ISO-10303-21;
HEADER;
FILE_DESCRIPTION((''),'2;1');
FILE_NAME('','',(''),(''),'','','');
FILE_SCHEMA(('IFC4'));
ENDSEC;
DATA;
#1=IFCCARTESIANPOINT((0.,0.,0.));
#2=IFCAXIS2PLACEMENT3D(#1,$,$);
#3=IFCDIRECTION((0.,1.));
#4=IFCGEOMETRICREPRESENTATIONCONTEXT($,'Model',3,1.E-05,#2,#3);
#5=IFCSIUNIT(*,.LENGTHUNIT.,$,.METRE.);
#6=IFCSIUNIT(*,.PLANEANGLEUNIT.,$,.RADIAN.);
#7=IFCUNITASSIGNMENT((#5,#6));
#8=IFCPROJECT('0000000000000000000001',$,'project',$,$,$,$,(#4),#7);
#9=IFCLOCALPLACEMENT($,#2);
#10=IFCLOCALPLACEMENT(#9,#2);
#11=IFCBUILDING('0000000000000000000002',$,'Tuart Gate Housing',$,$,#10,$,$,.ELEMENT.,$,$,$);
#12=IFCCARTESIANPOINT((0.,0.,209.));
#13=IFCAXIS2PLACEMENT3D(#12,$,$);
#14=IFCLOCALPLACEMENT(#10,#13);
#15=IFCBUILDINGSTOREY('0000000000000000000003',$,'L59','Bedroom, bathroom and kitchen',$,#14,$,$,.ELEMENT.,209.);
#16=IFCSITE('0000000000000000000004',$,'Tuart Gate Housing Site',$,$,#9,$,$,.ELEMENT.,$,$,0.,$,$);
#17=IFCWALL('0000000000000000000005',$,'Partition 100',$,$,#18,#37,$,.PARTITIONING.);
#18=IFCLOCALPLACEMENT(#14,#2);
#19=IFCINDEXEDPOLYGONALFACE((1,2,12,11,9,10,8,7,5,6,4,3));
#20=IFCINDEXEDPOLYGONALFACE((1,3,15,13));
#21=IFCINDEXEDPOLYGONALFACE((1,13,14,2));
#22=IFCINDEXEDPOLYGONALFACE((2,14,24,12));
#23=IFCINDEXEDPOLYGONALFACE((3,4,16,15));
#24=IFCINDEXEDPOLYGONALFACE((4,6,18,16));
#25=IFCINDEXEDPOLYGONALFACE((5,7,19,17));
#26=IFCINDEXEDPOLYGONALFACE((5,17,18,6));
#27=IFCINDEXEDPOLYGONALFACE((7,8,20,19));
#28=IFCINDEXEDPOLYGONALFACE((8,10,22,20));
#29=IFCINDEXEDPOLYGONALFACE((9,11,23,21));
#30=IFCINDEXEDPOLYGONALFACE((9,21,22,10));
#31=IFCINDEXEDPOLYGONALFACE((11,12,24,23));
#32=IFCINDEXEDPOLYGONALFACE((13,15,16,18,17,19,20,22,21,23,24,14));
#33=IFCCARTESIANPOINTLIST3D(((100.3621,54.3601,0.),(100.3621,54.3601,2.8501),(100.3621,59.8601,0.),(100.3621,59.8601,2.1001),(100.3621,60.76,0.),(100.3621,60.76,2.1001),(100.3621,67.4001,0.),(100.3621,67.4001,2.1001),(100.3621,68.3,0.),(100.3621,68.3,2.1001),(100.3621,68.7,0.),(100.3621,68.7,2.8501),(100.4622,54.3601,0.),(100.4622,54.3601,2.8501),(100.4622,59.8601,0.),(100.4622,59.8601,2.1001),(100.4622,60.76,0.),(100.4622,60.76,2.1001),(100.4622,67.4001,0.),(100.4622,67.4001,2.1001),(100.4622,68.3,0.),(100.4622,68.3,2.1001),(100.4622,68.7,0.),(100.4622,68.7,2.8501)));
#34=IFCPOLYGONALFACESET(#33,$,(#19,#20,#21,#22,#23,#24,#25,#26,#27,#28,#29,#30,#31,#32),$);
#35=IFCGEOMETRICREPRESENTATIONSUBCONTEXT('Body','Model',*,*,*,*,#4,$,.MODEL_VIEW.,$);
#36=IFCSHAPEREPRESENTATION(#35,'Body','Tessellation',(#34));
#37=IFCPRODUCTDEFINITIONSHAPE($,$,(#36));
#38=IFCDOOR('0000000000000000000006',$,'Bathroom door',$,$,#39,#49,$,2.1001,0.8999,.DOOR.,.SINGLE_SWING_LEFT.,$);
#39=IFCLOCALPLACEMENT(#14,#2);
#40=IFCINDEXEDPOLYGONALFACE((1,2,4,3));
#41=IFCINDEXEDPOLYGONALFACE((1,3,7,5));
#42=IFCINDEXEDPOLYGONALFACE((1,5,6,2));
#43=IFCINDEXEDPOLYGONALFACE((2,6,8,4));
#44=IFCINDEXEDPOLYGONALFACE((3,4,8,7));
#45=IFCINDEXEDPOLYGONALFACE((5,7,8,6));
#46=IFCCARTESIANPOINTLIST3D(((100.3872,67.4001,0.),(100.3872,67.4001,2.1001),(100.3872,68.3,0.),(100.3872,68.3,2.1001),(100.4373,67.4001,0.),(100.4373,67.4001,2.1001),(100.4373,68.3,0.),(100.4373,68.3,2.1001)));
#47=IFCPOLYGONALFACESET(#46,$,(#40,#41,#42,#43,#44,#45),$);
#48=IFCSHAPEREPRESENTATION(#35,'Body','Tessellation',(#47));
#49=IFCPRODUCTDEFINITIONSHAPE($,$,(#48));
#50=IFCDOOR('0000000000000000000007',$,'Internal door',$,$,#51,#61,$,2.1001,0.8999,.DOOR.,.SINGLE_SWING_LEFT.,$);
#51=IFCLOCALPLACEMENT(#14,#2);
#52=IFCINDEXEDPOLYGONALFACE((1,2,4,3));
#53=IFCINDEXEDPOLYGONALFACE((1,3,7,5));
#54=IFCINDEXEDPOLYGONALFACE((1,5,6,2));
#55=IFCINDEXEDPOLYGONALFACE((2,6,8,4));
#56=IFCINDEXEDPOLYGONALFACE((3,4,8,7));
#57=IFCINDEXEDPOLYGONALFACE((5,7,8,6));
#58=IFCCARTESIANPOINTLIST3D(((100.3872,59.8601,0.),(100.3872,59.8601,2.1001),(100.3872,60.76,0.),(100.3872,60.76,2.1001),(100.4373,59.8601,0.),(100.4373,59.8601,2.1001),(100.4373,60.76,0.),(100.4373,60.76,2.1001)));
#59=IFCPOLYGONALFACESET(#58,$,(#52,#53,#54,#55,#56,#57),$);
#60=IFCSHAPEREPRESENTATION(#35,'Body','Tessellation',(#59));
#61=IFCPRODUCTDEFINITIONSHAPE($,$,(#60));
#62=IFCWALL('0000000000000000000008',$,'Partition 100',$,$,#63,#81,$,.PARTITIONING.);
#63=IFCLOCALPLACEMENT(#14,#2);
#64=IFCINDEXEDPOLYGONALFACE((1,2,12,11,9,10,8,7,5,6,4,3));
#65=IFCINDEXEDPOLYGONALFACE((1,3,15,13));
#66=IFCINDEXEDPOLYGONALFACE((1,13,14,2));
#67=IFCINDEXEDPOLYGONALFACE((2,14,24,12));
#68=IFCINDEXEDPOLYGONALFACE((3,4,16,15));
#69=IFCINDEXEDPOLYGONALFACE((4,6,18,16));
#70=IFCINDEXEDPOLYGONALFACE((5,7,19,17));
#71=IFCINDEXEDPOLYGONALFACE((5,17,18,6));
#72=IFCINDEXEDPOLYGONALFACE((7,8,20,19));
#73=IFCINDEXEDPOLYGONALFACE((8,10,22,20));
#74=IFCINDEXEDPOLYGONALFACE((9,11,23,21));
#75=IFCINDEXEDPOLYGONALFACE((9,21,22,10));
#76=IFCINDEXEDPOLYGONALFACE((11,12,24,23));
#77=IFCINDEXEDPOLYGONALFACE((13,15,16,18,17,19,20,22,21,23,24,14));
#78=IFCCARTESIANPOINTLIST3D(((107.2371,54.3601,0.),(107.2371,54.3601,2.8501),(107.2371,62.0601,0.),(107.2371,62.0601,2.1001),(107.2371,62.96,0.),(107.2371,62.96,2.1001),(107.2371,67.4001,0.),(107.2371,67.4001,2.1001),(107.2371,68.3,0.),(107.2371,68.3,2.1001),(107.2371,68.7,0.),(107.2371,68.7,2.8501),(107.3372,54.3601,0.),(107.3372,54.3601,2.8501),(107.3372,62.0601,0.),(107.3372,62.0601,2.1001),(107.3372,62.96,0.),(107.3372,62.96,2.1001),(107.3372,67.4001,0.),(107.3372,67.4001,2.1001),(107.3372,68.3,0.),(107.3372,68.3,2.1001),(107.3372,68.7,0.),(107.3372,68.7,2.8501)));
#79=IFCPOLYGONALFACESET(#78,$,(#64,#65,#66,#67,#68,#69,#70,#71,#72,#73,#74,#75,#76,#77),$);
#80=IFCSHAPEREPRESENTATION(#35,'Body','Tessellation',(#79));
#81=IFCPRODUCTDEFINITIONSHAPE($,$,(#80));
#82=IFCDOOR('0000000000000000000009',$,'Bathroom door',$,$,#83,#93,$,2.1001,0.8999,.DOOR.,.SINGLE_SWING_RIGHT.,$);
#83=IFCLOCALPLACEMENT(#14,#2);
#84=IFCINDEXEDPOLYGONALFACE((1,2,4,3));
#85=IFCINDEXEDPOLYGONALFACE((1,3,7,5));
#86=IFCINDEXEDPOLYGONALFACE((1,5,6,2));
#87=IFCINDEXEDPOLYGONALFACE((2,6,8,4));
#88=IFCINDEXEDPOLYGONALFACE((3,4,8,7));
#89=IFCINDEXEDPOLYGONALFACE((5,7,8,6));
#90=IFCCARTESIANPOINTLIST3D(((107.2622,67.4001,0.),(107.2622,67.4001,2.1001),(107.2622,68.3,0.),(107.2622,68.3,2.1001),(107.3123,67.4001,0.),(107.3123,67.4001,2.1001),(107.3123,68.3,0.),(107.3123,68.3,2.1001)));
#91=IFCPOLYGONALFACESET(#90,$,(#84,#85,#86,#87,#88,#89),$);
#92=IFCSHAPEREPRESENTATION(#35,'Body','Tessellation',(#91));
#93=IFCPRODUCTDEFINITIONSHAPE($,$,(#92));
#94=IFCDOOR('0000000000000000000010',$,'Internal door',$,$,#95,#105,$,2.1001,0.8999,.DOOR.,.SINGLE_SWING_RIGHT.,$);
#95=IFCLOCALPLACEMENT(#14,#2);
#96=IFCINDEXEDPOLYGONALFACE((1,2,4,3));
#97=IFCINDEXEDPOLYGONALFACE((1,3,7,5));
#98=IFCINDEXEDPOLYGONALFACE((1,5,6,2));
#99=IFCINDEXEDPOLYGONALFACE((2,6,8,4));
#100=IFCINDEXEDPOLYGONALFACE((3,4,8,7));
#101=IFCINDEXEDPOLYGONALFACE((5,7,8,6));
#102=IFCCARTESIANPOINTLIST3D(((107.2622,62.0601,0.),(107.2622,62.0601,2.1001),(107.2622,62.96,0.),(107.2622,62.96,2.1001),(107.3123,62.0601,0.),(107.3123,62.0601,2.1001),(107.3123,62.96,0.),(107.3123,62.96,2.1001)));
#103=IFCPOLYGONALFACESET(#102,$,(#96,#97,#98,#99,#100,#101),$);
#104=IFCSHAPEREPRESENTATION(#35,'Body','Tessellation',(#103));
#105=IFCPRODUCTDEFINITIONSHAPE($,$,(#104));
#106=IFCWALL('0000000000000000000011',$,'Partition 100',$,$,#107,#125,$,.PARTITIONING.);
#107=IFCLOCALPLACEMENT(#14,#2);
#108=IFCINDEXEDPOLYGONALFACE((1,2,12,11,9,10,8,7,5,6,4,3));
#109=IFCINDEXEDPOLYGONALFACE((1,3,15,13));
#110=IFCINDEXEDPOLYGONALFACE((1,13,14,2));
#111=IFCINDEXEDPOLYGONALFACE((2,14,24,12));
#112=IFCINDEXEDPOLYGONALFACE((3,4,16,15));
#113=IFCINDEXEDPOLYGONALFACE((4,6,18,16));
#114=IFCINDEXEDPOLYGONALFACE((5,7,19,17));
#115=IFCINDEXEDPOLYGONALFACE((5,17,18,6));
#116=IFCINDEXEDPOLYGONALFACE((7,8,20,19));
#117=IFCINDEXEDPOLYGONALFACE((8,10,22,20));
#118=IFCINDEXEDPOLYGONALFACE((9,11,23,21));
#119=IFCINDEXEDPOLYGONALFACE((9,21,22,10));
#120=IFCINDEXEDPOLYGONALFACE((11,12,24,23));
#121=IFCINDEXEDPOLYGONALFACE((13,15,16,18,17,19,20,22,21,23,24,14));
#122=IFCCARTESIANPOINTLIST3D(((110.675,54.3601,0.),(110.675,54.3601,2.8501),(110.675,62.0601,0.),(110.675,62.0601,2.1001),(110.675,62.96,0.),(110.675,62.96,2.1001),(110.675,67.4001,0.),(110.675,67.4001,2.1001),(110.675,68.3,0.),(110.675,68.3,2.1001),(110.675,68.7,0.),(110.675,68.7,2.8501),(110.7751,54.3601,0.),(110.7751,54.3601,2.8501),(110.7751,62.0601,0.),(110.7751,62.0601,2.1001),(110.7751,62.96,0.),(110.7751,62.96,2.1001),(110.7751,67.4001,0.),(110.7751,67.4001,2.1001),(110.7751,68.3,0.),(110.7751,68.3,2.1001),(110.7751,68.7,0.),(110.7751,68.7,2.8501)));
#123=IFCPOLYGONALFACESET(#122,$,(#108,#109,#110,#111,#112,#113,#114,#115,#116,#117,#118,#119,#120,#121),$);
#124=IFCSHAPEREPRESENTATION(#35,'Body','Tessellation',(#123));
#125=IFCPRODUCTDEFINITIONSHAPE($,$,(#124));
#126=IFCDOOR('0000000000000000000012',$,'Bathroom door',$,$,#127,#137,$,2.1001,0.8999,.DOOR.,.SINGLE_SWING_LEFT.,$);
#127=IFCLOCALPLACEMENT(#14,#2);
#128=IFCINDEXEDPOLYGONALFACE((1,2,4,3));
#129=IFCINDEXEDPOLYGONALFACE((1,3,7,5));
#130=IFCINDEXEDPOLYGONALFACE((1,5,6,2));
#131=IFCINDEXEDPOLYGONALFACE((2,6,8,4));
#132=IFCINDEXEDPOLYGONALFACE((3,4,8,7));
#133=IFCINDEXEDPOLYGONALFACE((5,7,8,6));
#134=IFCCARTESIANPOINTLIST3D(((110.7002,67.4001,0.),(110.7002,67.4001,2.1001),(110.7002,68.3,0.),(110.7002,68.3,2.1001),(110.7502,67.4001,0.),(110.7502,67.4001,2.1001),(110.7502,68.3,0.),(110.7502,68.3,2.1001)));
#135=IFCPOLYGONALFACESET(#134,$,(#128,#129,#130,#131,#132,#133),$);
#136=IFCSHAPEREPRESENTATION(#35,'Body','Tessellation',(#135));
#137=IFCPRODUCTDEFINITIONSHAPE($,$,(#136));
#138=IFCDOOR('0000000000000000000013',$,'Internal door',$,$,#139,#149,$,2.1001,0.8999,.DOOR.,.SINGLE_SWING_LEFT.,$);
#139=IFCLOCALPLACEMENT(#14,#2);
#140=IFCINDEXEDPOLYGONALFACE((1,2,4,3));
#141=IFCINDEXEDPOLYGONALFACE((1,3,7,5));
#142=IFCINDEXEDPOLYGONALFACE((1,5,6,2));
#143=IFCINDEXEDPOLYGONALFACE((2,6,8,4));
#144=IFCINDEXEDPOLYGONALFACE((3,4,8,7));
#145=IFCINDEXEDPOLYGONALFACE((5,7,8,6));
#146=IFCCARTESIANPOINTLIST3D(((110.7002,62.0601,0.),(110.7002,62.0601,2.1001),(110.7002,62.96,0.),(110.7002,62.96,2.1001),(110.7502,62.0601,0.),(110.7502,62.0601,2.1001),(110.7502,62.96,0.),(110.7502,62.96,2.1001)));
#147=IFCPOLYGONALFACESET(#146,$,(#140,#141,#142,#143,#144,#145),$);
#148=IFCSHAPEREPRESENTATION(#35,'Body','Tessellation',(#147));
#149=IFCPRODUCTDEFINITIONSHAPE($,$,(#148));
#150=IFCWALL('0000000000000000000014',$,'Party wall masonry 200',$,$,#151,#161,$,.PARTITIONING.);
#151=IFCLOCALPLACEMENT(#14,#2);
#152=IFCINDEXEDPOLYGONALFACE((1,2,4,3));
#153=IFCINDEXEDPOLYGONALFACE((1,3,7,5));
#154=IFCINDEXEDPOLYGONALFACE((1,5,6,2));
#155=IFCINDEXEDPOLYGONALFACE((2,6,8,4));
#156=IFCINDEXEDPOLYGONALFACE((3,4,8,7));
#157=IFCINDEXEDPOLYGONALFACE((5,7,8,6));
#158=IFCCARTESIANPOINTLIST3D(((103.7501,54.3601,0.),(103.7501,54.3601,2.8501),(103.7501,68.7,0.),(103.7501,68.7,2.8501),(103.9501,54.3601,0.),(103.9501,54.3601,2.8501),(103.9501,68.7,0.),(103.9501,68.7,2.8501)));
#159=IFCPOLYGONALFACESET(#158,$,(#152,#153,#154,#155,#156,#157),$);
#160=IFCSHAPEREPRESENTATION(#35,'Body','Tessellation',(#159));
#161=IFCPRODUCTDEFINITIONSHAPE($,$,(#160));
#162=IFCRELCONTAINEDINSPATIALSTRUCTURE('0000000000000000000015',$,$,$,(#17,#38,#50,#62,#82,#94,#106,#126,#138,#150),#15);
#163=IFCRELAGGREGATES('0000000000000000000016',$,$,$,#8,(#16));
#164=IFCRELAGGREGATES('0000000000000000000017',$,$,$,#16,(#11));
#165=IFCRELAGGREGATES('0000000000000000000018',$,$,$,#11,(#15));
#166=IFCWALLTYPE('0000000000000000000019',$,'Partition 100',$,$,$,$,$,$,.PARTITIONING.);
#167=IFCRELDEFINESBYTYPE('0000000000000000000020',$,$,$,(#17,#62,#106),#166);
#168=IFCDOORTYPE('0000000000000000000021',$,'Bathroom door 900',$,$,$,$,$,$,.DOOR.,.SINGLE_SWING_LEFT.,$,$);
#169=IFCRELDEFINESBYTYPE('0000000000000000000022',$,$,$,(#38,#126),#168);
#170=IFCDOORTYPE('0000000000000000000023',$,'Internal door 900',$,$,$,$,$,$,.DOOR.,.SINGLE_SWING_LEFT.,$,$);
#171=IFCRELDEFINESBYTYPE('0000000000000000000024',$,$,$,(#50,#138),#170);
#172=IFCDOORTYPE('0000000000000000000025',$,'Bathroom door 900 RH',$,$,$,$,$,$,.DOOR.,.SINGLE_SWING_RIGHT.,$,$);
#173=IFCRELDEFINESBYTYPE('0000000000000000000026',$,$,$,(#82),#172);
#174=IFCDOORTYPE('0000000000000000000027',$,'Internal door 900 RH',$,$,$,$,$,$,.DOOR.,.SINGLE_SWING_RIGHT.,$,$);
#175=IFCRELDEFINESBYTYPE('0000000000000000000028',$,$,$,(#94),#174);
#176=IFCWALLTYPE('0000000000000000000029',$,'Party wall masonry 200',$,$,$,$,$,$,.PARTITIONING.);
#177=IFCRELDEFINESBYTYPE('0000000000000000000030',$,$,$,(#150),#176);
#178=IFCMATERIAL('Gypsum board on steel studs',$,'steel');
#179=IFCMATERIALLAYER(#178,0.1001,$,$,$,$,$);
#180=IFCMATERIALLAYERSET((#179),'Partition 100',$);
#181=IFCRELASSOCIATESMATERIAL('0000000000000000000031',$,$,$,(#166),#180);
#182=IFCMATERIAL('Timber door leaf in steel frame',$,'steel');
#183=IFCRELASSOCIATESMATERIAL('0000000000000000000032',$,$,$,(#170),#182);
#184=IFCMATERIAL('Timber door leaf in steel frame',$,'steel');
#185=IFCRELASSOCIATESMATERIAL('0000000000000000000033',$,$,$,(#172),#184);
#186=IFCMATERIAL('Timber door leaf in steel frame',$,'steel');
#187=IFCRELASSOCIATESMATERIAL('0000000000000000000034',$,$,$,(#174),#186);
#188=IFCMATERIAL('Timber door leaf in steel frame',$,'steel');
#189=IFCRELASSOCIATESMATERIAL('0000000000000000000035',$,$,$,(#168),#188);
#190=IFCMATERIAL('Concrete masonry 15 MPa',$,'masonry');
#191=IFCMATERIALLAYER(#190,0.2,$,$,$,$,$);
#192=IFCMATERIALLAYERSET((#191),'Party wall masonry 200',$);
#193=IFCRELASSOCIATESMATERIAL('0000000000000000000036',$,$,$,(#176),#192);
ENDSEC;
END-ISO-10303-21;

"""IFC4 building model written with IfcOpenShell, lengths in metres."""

from ifc_helpers import new_model, si_unit, direction, frame, frame_2d, origin, place, context, subcontext, project, spatial, rectangle, extrude, material, layer, layer_set, type_object, element, fill, save


model = new_model("IFC4")

# Units and contexts
model_context = context("Model", 3, precision=1e-05, world=origin(), true_north=direction((0.0, 1.0)))
body_context = subcontext(model_context, "Body", "Model", "MODEL_VIEW")
ifc_project = project(units=[si_unit("LENGTHUNIT", "METRE"), si_unit("PLANEANGLEUNIT", "RADIAN")], contexts=[model_context])

# Site, building, storey
site_placement = place(None, origin())
site = spatial("IfcSite", under=ifc_project, at=site_placement, Name="Tuart Gate Housing Site", CompositionType="ELEMENT", RefElevation=0.0)
building_placement = place(site_placement, origin())
building = spatial("IfcBuilding", under=site, at=building_placement, Name="Tuart Gate Housing", CompositionType="ELEMENT")
storey_placement = place(building_placement, frame((0.0, 0.0, 209.0)))
storey = spatial("IfcBuildingStorey", under=building, at=storey_placement, Name="L59", Description="Bedroom, bathroom and kitchen", CompositionType="ELEMENT", Elevation=209.0)

# Shared definitions
ifc_material_1 = material(Name="Gypsum board on steel studs", Category="steel")
ifc_layer_1 = layer(ifc_material_1, 0.1001)
ifc_layer_set_1 = layer_set([ifc_layer_1], Name="Partition 100")
wall_type_1 = type_object("IfcWallType", Name="Partition 100", PredefinedType="PARTITIONING", material=ifc_layer_set_1)
ifc_material_2 = material(Name="Timber door leaf in steel frame", Category="steel")
door_type_1 = type_object("IfcDoorType", Name="Internal door 900", OperationType="SINGLE_SWING_LEFT", PredefinedType="DOOR", material=ifc_material_2)

# Walls, openings, doors
ifc_material_3 = material(Name="Timber door leaf in steel frame", Category="steel")
door_type_2 = type_object("IfcDoorType", Name="Bathroom door 900 RH", OperationType="SINGLE_SWING_RIGHT", PredefinedType="DOOR", material=ifc_material_3)
ifc_material_4 = material(Name="Timber door leaf in steel frame", Category="steel")
door_type_3 = type_object("IfcDoorType", Name="Internal door 900 RH", OperationType="SINGLE_SWING_RIGHT", PredefinedType="DOOR", material=ifc_material_4)
wall_1_placement = place(storey_placement, frame((100.4121, 54.3601, 0.0), z_axis=(0.0, 0.0, 1.0), x_axis=(0.0, 1.0, 0.0)))
wall_1 = element("IfcWall", 1, at=wall_1_placement, inside=storey, type_object=wall_type_1, Name="Partition 100", PredefinedType="PARTITIONING", context=body_context, shape_type="SweptSolid", body=[
    extrude(rectangle(XDim=14.3398, YDim=0.1001, at=frame_2d((7.1699, 0.0))), origin(), (0.0, 0.0, 1.0), 2.8501),
])
opening_1_placement = place(wall_1_placement, frame((5.5, 0.0, 0.0)))
opening_1 = element("IfcOpeningElement", 2, at=opening_1_placement, cuts=wall_1, PredefinedType="OPENING", context=body_context, shape_type="SweptSolid", body=[
    extrude(rectangle(XDim=0.8999, YDim=2.1001, at=frame_2d((0.45, 1.05))), frame((0.0, 0.0601, 0.0), z_axis=(0.0, -1.0, 0.0), x_axis=(1.0, 0.0, 0.0)), (0.0, 0.0, 1.0), 0.1201),
])
opening_2_placement = place(wall_1_placement, frame((13.04, 0.0, 0.0)))
opening_2 = element("IfcOpeningElement", 3, at=opening_2_placement, cuts=wall_1, PredefinedType="OPENING", context=body_context, shape_type="SweptSolid", body=[
    extrude(rectangle(XDim=0.8999, YDim=2.1001, at=frame_2d((0.45, 1.05))), frame((0.0, 0.0601, 0.0), z_axis=(0.0, -1.0, 0.0), x_axis=(1.0, 0.0, 0.0)), (0.0, 0.0, 1.0), 0.1201),
])
ifc_material_5 = material(Name="Timber door leaf in steel frame", Category="steel")
door_type_4 = type_object("IfcDoorType", Name="Bathroom door 900", OperationType="SINGLE_SWING_LEFT", PredefinedType="DOOR", material=ifc_material_5)
door_1_placement = place(opening_2_placement, frame((0.8999, 0.0, 0.0), z_axis=(0.0, 0.0, 1.0), x_axis=(-1.0, 0.0, 0.0)))
door_1 = element("IfcDoor", 4, at=door_1_placement, inside=storey, type_object=door_type_4, Name="Bathroom door", OperationType="SINGLE_SWING_LEFT", OverallHeight=2.1001, OverallWidth=0.8999, PredefinedType="DOOR", context=body_context, shape_type="SweptSolid", body=[
    extrude(rectangle(XDim=0.8999, YDim=2.1001, at=frame_2d((0.45, 1.05))), frame((0.0, 0.0251, 0.0), z_axis=(0.0, -1.0, 0.0), x_axis=(1.0, 0.0, 0.0)), (0.0, 0.0, 1.0), 0.05),
])
fill(opening_2, door_1)
door_2_placement = place(opening_1_placement, frame((0.8999, 0.0, 0.0), z_axis=(0.0, 0.0, 1.0), x_axis=(-1.0, 0.0, 0.0)))
door_2 = element("IfcDoor", 5, at=door_2_placement, inside=storey, type_object=door_type_1, Name="Internal door", OperationType="SINGLE_SWING_LEFT", OverallHeight=2.1001, OverallWidth=0.8999, PredefinedType="DOOR", context=body_context, shape_type="SweptSolid", body=[
    extrude(rectangle(XDim=0.8999, YDim=2.1001, at=frame_2d((0.45, 1.05))), frame((0.0, 0.0251, 0.0), z_axis=(0.0, -1.0, 0.0), x_axis=(1.0, 0.0, 0.0)), (0.0, 0.0, 1.0), 0.05),
])
fill(opening_1, door_2)
wall_2_placement = place(storey_placement, frame((107.2871, 54.3601, 0.0), z_axis=(0.0, 0.0, 1.0), x_axis=(0.0, 1.0, 0.0)))
wall_2 = element("IfcWall", 6, at=wall_2_placement, inside=storey, type_object=wall_type_1, Name="Partition 100", PredefinedType="PARTITIONING", context=body_context, shape_type="SweptSolid", body=[
    extrude(rectangle(XDim=14.3398, YDim=0.1001, at=frame_2d((7.1699, 0.0))), origin(), (0.0, 0.0, 1.0), 2.8501),
])
opening_3_placement = place(wall_2_placement, frame((7.7, 0.0, 0.0)))
opening_3 = element("IfcOpeningElement", 7, at=opening_3_placement, cuts=wall_2, PredefinedType="OPENING", context=body_context, shape_type="SweptSolid", body=[
    extrude(rectangle(XDim=0.8999, YDim=2.1001, at=frame_2d((0.45, 1.05))), frame((0.0, 0.0601, 0.0), z_axis=(0.0, -1.0, 0.0), x_axis=(1.0, 0.0, 0.0)), (0.0, 0.0, 1.0), 0.1201),
])
opening_4_placement = place(wall_2_placement, frame((13.04, 0.0, 0.0)))
opening_4 = element("IfcOpeningElement", 8, at=opening_4_placement, cuts=wall_2, PredefinedType="OPENING", context=body_context, shape_type="SweptSolid", body=[
    extrude(rectangle(XDim=0.8999, YDim=2.1001, at=frame_2d((0.45, 1.05))), frame((0.0, 0.0601, 0.0), z_axis=(0.0, -1.0, 0.0), x_axis=(1.0, 0.0, 0.0)), (0.0, 0.0, 1.0), 0.1201),
])
door_3_placement = place(opening_4_placement, origin())
door_3 = element("IfcDoor", 9, at=door_3_placement, inside=storey, type_object=door_type_2, Name="Bathroom door", OperationType="SINGLE_SWING_RIGHT", OverallHeight=2.1001, OverallWidth=0.8999, PredefinedType="DOOR", context=body_context, shape_type="SweptSolid", body=[
    extrude(rectangle(XDim=0.8999, YDim=2.1001, at=frame_2d((0.45, 1.05))), frame((0.0, 0.0249, 0.0), z_axis=(0.0, -1.0, 0.0), x_axis=(1.0, 0.0, 0.0)), (0.0, 0.0, 1.0), 0.05),
])
fill(opening_4, door_3)
door_4_placement = place(opening_3_placement, origin())
door_4 = element("IfcDoor", 10, at=door_4_placement, inside=storey, type_object=door_type_3, Name="Internal door", OperationType="SINGLE_SWING_RIGHT", OverallHeight=2.1001, OverallWidth=0.8999, PredefinedType="DOOR", context=body_context, shape_type="SweptSolid", body=[
    extrude(rectangle(XDim=0.8999, YDim=2.1001, at=frame_2d((0.45, 1.05))), frame((0.0, 0.0249, 0.0), z_axis=(0.0, -1.0, 0.0), x_axis=(1.0, 0.0, 0.0)), (0.0, 0.0, 1.0), 0.05),
])
fill(opening_3, door_4)
wall_3_placement = place(storey_placement, frame((110.7251, 54.3601, 0.0), z_axis=(0.0, 0.0, 1.0), x_axis=(0.0, 1.0, 0.0)))
wall_3 = element("IfcWall", 11, at=wall_3_placement, inside=storey, type_object=wall_type_1, Name="Partition 100", PredefinedType="PARTITIONING", context=body_context, shape_type="SweptSolid", body=[
    extrude(rectangle(XDim=14.3398, YDim=0.1001, at=frame_2d((7.1699, 0.0))), origin(), (0.0, 0.0, 1.0), 2.8501),
])
opening_5_placement = place(wall_3_placement, frame((7.7, 0.0, 0.0)))
opening_5 = element("IfcOpeningElement", 12, at=opening_5_placement, cuts=wall_3, PredefinedType="OPENING", context=body_context, shape_type="SweptSolid", body=[
    extrude(rectangle(XDim=0.8999, YDim=2.1001, at=frame_2d((0.45, 1.05))), frame((0.0, 0.0601, 0.0), z_axis=(0.0, -1.0, 0.0), x_axis=(1.0, 0.0, 0.0)), (0.0, 0.0, 1.0), 0.1201),
])
opening_6_placement = place(wall_3_placement, frame((13.04, 0.0, 0.0)))
opening_6 = element("IfcOpeningElement", 13, at=opening_6_placement, cuts=wall_3, PredefinedType="OPENING", context=body_context, shape_type="SweptSolid", body=[
    extrude(rectangle(XDim=0.8999, YDim=2.1001, at=frame_2d((0.45, 1.05))), frame((0.0, 0.0601, 0.0), z_axis=(0.0, -1.0, 0.0), x_axis=(1.0, 0.0, 0.0)), (0.0, 0.0, 1.0), 0.1201),
])
door_5_placement = place(opening_6_placement, frame((0.8999, 0.0, 0.0), z_axis=(0.0, 0.0, 1.0), x_axis=(-1.0, 0.0, 0.0)))
door_5 = element("IfcDoor", 14, at=door_5_placement, inside=storey, type_object=door_type_4, Name="Bathroom door", OperationType="SINGLE_SWING_LEFT", OverallHeight=2.1001, OverallWidth=0.8999, PredefinedType="DOOR", context=body_context, shape_type="SweptSolid", body=[
    extrude(rectangle(XDim=0.8999, YDim=2.1001, at=frame_2d((0.45, 1.05))), frame((0.0, 0.0251, 0.0), z_axis=(0.0, -1.0, 0.0), x_axis=(1.0, 0.0, 0.0)), (0.0, 0.0, 1.0), 0.05),
])
fill(opening_6, door_5)
door_6_placement = place(opening_5_placement, frame((0.8999, 0.0, 0.0), z_axis=(0.0, 0.0, 1.0), x_axis=(-1.0, 0.0, 0.0)))
door_6 = element("IfcDoor", 15, at=door_6_placement, inside=storey, type_object=door_type_1, Name="Internal door", OperationType="SINGLE_SWING_LEFT", OverallHeight=2.1001, OverallWidth=0.8999, PredefinedType="DOOR", context=body_context, shape_type="SweptSolid", body=[
    extrude(rectangle(XDim=0.8999, YDim=2.1001, at=frame_2d((0.45, 1.05))), frame((0.0, 0.0251, 0.0), z_axis=(0.0, -1.0, 0.0), x_axis=(1.0, 0.0, 0.0)), (0.0, 0.0, 1.0), 0.05),
])
fill(opening_5, door_6)

# Wall
ifc_material_6 = material(Name="Concrete masonry 15 MPa", Category="masonry")
ifc_layer_2 = layer(ifc_material_6, 0.2)
ifc_layer_set_2 = layer_set([ifc_layer_2], Name="Party wall masonry 200")
wall_type_2 = type_object("IfcWallType", Name="Party wall masonry 200", PredefinedType="PARTITIONING", material=ifc_layer_set_2)
for number, where, z_axis, x_axis, name in (
    (16, (103.8501, 54.3601, 0.0), (0.0, 0.0, 1.0), (0.0, 1.0, 0.0), "Party wall masonry 200"),
):
    element("IfcWall", number, at=place(storey_placement, frame(where, z_axis=z_axis, x_axis=x_axis)), inside=storey, type_object=wall_type_2, Name=name, PredefinedType="PARTITIONING", context=body_context, shape_type="SweptSolid", body=[
        extrude(rectangle(XDim=14.3398, YDim=0.2, at=frame_2d((7.1699, 0.0))), origin(), (0.0, 0.0, 1.0), 2.8501),
    ])

save(model, "model.ifc")
